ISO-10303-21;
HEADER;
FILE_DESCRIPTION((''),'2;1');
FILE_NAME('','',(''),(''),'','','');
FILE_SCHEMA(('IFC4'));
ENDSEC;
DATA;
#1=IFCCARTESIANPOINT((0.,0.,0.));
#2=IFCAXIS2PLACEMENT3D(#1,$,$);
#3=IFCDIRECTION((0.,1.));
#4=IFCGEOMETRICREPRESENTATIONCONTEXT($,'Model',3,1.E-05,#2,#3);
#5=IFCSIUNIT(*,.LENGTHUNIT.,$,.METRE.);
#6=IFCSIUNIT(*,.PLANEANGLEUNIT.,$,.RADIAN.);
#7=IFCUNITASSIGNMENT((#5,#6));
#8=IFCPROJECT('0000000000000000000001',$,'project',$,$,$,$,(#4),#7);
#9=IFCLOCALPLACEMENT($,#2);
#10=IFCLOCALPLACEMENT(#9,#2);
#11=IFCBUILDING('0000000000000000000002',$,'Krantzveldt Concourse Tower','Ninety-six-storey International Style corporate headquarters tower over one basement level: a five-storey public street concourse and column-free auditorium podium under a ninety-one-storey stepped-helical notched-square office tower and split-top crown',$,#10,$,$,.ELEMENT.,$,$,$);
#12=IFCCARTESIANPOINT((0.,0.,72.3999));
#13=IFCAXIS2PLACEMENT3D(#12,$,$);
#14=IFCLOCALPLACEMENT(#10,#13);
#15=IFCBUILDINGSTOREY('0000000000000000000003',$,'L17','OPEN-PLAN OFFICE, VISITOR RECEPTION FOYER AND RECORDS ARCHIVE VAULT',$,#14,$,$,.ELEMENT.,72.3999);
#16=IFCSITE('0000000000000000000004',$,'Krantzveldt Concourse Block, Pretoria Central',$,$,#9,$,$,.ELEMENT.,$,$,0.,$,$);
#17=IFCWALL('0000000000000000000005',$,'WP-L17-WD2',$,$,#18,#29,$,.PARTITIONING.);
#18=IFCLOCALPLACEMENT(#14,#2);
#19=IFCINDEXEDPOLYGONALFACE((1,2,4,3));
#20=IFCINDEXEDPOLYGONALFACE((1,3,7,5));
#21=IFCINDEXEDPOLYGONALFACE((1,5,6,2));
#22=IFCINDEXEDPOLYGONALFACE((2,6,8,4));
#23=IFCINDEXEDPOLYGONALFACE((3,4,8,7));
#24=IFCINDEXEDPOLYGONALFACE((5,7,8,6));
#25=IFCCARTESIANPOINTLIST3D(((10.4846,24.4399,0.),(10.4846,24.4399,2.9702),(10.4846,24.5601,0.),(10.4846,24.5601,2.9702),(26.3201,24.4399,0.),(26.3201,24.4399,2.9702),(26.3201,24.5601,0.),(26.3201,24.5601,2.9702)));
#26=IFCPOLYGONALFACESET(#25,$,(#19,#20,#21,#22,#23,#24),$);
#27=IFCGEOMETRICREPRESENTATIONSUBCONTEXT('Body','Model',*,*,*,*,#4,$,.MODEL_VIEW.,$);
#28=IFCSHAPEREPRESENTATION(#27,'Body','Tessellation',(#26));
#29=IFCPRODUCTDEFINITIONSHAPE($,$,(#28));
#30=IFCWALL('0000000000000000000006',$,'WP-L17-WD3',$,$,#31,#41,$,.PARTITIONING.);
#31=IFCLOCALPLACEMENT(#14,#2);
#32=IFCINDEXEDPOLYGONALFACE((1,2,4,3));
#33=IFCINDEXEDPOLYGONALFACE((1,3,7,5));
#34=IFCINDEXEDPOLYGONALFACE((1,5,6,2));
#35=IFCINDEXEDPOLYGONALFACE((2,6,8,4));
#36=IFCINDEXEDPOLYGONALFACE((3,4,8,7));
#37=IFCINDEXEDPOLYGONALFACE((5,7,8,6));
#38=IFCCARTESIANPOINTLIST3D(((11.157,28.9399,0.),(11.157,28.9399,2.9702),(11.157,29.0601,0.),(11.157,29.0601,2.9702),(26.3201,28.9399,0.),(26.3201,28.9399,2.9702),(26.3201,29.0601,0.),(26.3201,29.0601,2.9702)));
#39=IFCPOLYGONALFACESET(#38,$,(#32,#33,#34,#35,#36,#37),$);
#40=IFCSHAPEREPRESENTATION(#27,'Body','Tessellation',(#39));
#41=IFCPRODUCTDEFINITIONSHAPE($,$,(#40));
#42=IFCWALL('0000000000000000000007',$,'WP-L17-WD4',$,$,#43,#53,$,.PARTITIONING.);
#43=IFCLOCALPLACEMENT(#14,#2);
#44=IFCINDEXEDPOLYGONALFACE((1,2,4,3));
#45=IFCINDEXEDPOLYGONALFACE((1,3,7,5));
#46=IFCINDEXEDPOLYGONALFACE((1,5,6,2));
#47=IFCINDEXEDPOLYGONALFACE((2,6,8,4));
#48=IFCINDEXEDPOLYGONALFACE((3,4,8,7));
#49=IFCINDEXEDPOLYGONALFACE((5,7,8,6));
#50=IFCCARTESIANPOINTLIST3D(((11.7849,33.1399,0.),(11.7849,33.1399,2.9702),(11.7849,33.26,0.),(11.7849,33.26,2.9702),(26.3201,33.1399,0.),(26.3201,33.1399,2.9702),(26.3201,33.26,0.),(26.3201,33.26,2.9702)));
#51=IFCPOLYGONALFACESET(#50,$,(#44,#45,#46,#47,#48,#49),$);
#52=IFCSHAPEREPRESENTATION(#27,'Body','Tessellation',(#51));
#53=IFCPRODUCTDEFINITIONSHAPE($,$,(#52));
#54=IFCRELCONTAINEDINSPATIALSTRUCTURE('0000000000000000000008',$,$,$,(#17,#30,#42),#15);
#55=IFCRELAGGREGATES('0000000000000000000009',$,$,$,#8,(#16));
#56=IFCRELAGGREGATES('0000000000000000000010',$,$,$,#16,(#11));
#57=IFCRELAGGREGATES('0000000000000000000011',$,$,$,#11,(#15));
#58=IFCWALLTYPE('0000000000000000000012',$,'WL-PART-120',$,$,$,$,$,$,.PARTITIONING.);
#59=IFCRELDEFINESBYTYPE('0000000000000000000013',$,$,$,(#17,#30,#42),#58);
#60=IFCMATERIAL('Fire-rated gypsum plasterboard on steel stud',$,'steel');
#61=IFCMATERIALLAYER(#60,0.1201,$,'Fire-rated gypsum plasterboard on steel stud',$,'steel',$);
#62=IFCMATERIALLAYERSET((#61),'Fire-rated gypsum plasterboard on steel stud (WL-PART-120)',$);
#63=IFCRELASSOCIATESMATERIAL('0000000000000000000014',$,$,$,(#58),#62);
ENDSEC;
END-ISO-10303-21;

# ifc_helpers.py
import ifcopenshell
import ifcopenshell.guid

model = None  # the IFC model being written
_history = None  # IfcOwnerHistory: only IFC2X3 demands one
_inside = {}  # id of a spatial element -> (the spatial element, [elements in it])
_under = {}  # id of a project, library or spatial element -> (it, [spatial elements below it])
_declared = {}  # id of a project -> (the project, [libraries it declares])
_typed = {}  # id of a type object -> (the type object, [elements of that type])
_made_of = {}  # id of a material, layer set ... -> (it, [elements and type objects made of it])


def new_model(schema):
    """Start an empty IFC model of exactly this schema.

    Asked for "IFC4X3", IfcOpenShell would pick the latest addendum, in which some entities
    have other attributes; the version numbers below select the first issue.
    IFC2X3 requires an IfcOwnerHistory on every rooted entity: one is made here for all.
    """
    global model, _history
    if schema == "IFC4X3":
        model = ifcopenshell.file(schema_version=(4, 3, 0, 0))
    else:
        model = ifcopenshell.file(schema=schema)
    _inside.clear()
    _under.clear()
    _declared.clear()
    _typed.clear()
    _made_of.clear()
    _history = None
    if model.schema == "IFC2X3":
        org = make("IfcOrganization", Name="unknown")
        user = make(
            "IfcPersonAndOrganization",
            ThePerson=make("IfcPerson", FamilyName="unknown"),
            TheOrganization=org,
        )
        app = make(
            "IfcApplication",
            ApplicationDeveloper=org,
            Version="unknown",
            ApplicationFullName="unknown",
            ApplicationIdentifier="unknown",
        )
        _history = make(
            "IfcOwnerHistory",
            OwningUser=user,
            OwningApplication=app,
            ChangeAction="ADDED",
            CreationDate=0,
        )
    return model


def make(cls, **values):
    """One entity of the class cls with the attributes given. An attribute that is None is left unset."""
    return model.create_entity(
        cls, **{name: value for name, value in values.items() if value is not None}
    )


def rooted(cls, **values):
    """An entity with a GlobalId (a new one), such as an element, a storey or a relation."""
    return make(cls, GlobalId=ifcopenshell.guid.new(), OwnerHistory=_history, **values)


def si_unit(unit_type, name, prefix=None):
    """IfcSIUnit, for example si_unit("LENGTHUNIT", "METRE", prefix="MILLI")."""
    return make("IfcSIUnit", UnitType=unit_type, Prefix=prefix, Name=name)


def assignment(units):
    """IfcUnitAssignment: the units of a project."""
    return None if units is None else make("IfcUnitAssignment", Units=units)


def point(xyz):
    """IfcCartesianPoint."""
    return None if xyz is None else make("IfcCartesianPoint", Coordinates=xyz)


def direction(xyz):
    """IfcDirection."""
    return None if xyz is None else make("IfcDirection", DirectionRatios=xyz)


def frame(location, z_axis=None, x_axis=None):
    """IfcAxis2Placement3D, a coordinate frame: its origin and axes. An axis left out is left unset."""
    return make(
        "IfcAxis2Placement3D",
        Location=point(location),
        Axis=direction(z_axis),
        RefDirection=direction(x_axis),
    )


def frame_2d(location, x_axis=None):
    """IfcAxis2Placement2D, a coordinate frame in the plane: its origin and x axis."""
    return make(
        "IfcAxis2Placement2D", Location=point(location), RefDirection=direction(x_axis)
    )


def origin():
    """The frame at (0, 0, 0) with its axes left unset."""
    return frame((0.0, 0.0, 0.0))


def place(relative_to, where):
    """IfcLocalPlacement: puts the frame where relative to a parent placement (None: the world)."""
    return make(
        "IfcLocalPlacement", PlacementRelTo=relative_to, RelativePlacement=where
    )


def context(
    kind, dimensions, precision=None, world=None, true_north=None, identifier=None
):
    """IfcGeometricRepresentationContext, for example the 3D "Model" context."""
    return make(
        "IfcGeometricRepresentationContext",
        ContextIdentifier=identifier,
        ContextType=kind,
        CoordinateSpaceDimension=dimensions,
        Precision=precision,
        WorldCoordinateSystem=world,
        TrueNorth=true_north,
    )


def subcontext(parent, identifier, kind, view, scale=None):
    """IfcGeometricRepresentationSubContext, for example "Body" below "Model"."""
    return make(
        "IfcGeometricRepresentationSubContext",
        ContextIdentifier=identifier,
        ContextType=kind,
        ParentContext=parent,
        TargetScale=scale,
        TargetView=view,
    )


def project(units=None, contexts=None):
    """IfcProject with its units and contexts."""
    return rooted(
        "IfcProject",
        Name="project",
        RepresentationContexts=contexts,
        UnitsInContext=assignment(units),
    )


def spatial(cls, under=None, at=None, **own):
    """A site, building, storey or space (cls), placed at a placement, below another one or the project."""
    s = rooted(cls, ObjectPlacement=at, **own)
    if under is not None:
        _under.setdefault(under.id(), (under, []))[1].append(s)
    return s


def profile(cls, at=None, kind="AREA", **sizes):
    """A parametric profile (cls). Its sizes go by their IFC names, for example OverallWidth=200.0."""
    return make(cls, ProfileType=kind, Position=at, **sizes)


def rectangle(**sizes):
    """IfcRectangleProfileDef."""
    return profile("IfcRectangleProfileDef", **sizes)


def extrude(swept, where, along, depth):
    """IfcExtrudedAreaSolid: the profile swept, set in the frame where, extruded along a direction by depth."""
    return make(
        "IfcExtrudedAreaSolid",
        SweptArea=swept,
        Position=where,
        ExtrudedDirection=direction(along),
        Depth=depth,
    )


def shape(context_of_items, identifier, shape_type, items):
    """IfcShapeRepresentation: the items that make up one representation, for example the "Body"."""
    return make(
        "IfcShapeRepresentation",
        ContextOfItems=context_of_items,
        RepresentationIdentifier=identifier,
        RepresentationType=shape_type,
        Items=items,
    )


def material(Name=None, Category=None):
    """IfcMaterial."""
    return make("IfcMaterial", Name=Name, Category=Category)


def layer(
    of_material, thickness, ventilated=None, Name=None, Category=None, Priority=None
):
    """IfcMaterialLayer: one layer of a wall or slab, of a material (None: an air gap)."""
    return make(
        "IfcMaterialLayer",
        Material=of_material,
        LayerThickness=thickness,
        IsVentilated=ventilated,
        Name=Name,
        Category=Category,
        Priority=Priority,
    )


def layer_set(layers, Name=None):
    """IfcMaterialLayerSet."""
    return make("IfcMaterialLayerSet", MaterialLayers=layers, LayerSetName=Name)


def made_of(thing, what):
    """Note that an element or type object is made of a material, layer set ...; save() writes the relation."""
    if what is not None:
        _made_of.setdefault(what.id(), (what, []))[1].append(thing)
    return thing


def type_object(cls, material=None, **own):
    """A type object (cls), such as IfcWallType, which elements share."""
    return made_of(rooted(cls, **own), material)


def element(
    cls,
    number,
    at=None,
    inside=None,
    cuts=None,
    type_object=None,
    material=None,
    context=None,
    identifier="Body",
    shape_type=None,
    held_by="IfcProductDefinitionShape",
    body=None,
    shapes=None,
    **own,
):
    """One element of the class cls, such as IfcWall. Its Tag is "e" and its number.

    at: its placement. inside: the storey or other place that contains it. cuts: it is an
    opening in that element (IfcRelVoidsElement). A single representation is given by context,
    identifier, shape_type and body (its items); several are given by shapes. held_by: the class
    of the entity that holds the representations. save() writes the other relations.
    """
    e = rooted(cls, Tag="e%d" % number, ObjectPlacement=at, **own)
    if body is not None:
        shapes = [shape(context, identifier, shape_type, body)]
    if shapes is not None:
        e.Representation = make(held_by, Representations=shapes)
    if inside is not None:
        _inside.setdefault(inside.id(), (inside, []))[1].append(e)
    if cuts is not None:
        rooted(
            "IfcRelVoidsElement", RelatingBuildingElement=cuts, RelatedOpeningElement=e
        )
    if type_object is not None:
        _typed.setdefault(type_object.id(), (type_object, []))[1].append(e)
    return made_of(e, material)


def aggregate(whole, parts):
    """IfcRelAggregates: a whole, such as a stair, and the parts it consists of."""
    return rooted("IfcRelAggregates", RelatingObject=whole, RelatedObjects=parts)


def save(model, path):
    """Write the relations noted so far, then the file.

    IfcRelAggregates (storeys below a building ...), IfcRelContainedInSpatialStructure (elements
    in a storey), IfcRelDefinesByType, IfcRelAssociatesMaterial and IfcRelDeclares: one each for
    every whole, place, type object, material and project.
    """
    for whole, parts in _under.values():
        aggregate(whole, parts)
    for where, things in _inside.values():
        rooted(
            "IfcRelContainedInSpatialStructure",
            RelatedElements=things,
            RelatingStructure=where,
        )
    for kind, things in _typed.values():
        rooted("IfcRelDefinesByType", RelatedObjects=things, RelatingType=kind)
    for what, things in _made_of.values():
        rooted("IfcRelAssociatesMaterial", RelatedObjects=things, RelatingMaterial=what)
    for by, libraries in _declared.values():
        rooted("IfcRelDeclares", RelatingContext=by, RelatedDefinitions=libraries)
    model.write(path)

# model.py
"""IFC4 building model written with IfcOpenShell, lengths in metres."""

from ifc_helpers import new_model, si_unit, direction, frame, frame_2d, origin, place, context, subcontext, project, spatial, rectangle, extrude, material, layer, layer_set, type_object, element, save


model = new_model("IFC4")

# Units and contexts
model_context = context("Model", 3, precision=1e-05, world=origin(), true_north=direction((0.0, 1.0)))
body_context = subcontext(model_context, "Body", "Model", "MODEL_VIEW")
ifc_project = project(units=[si_unit("LENGTHUNIT", "METRE"), si_unit("PLANEANGLEUNIT", "RADIAN")], contexts=[model_context])

# Site, building, storey
site_placement = place(None, origin())
site = spatial("IfcSite", under=ifc_project, at=site_placement, Name="Krantzveldt Concourse Block, Pretoria Central", CompositionType="ELEMENT", RefElevation=0.0)
building_placement = place(site_placement, origin())
building = spatial("IfcBuilding", under=site, at=building_placement, Name="Krantzveldt Concourse Tower", Description="Ninety-six-storey International Style corporate headquarters tower over one basement level: a five-storey public street concourse and column-free auditorium podium under a ninety-one-storey stepped-helical notched-square office tower and split-top crown", CompositionType="ELEMENT")
storey_placement = place(building_placement, frame((0.0, 0.0, 72.3999)))
storey = spatial("IfcBuildingStorey", under=building, at=storey_placement, Name="L17", Description="OPEN-PLAN OFFICE, VISITOR RECEPTION FOYER AND RECORDS ARCHIVE VAULT", CompositionType="ELEMENT", Elevation=72.3999)

# Walls
ifc_material_1 = material(Name="Fire-rated gypsum plasterboard on steel stud", Category="steel")
ifc_layer_1 = layer(ifc_material_1, 0.1201, Name="Fire-rated gypsum plasterboard on steel stud", Category="steel")
ifc_layer_set_1 = layer_set([ifc_layer_1], Name="Fire-rated gypsum plasterboard on steel stud (WL-PART-120)")
wall_type = type_object("IfcWallType", Name="WL-PART-120", PredefinedType="PARTITIONING", material=ifc_layer_set_1)
wall_1_placement = place(storey_placement, frame((10.4846, 24.5, 0.0), z_axis=(0.0, 0.0, 1.0), x_axis=(1.0, 0.0, 0.0)))
element("IfcWall", 1, at=wall_1_placement, inside=storey, type_object=wall_type, Name="WP-L17-WD2", PredefinedType="PARTITIONING", context=body_context, shape_type="SweptSolid", body=[
    extrude(rectangle(XDim=15.8354, YDim=0.1201, at=frame_2d((7.9177, 0.0))), origin(), (0.0, 0.0, 1.0), 2.9702),
])
wall_2_placement = place(storey_placement, frame((11.157, 29.0, 0.0), z_axis=(0.0, 0.0, 1.0), x_axis=(1.0, 0.0, 0.0)))
element("IfcWall", 2, at=wall_2_placement, inside=storey, type_object=wall_type, Name="WP-L17-WD3", PredefinedType="PARTITIONING", context=body_context, shape_type="SweptSolid", body=[
    extrude(rectangle(XDim=15.1631, YDim=0.1201, at=frame_2d((7.5815, 0.0))), origin(), (0.0, 0.0, 1.0), 2.9702),
])
wall_3_placement = place(storey_placement, frame((11.7849, 33.2, 0.0), z_axis=(0.0, 0.0, 1.0), x_axis=(1.0, 0.0, 0.0)))
element("IfcWall", 3, at=wall_3_placement, inside=storey, type_object=wall_type, Name="WP-L17-WD4", PredefinedType="PARTITIONING", context=body_context, shape_type="SweptSolid", body=[
    extrude(rectangle(XDim=14.5352, YDim=0.1201, at=frame_2d((7.2676, 0.0))), origin(), (0.0, 0.0, 1.0), 2.9702),
])

save(model, "model.ifc")
